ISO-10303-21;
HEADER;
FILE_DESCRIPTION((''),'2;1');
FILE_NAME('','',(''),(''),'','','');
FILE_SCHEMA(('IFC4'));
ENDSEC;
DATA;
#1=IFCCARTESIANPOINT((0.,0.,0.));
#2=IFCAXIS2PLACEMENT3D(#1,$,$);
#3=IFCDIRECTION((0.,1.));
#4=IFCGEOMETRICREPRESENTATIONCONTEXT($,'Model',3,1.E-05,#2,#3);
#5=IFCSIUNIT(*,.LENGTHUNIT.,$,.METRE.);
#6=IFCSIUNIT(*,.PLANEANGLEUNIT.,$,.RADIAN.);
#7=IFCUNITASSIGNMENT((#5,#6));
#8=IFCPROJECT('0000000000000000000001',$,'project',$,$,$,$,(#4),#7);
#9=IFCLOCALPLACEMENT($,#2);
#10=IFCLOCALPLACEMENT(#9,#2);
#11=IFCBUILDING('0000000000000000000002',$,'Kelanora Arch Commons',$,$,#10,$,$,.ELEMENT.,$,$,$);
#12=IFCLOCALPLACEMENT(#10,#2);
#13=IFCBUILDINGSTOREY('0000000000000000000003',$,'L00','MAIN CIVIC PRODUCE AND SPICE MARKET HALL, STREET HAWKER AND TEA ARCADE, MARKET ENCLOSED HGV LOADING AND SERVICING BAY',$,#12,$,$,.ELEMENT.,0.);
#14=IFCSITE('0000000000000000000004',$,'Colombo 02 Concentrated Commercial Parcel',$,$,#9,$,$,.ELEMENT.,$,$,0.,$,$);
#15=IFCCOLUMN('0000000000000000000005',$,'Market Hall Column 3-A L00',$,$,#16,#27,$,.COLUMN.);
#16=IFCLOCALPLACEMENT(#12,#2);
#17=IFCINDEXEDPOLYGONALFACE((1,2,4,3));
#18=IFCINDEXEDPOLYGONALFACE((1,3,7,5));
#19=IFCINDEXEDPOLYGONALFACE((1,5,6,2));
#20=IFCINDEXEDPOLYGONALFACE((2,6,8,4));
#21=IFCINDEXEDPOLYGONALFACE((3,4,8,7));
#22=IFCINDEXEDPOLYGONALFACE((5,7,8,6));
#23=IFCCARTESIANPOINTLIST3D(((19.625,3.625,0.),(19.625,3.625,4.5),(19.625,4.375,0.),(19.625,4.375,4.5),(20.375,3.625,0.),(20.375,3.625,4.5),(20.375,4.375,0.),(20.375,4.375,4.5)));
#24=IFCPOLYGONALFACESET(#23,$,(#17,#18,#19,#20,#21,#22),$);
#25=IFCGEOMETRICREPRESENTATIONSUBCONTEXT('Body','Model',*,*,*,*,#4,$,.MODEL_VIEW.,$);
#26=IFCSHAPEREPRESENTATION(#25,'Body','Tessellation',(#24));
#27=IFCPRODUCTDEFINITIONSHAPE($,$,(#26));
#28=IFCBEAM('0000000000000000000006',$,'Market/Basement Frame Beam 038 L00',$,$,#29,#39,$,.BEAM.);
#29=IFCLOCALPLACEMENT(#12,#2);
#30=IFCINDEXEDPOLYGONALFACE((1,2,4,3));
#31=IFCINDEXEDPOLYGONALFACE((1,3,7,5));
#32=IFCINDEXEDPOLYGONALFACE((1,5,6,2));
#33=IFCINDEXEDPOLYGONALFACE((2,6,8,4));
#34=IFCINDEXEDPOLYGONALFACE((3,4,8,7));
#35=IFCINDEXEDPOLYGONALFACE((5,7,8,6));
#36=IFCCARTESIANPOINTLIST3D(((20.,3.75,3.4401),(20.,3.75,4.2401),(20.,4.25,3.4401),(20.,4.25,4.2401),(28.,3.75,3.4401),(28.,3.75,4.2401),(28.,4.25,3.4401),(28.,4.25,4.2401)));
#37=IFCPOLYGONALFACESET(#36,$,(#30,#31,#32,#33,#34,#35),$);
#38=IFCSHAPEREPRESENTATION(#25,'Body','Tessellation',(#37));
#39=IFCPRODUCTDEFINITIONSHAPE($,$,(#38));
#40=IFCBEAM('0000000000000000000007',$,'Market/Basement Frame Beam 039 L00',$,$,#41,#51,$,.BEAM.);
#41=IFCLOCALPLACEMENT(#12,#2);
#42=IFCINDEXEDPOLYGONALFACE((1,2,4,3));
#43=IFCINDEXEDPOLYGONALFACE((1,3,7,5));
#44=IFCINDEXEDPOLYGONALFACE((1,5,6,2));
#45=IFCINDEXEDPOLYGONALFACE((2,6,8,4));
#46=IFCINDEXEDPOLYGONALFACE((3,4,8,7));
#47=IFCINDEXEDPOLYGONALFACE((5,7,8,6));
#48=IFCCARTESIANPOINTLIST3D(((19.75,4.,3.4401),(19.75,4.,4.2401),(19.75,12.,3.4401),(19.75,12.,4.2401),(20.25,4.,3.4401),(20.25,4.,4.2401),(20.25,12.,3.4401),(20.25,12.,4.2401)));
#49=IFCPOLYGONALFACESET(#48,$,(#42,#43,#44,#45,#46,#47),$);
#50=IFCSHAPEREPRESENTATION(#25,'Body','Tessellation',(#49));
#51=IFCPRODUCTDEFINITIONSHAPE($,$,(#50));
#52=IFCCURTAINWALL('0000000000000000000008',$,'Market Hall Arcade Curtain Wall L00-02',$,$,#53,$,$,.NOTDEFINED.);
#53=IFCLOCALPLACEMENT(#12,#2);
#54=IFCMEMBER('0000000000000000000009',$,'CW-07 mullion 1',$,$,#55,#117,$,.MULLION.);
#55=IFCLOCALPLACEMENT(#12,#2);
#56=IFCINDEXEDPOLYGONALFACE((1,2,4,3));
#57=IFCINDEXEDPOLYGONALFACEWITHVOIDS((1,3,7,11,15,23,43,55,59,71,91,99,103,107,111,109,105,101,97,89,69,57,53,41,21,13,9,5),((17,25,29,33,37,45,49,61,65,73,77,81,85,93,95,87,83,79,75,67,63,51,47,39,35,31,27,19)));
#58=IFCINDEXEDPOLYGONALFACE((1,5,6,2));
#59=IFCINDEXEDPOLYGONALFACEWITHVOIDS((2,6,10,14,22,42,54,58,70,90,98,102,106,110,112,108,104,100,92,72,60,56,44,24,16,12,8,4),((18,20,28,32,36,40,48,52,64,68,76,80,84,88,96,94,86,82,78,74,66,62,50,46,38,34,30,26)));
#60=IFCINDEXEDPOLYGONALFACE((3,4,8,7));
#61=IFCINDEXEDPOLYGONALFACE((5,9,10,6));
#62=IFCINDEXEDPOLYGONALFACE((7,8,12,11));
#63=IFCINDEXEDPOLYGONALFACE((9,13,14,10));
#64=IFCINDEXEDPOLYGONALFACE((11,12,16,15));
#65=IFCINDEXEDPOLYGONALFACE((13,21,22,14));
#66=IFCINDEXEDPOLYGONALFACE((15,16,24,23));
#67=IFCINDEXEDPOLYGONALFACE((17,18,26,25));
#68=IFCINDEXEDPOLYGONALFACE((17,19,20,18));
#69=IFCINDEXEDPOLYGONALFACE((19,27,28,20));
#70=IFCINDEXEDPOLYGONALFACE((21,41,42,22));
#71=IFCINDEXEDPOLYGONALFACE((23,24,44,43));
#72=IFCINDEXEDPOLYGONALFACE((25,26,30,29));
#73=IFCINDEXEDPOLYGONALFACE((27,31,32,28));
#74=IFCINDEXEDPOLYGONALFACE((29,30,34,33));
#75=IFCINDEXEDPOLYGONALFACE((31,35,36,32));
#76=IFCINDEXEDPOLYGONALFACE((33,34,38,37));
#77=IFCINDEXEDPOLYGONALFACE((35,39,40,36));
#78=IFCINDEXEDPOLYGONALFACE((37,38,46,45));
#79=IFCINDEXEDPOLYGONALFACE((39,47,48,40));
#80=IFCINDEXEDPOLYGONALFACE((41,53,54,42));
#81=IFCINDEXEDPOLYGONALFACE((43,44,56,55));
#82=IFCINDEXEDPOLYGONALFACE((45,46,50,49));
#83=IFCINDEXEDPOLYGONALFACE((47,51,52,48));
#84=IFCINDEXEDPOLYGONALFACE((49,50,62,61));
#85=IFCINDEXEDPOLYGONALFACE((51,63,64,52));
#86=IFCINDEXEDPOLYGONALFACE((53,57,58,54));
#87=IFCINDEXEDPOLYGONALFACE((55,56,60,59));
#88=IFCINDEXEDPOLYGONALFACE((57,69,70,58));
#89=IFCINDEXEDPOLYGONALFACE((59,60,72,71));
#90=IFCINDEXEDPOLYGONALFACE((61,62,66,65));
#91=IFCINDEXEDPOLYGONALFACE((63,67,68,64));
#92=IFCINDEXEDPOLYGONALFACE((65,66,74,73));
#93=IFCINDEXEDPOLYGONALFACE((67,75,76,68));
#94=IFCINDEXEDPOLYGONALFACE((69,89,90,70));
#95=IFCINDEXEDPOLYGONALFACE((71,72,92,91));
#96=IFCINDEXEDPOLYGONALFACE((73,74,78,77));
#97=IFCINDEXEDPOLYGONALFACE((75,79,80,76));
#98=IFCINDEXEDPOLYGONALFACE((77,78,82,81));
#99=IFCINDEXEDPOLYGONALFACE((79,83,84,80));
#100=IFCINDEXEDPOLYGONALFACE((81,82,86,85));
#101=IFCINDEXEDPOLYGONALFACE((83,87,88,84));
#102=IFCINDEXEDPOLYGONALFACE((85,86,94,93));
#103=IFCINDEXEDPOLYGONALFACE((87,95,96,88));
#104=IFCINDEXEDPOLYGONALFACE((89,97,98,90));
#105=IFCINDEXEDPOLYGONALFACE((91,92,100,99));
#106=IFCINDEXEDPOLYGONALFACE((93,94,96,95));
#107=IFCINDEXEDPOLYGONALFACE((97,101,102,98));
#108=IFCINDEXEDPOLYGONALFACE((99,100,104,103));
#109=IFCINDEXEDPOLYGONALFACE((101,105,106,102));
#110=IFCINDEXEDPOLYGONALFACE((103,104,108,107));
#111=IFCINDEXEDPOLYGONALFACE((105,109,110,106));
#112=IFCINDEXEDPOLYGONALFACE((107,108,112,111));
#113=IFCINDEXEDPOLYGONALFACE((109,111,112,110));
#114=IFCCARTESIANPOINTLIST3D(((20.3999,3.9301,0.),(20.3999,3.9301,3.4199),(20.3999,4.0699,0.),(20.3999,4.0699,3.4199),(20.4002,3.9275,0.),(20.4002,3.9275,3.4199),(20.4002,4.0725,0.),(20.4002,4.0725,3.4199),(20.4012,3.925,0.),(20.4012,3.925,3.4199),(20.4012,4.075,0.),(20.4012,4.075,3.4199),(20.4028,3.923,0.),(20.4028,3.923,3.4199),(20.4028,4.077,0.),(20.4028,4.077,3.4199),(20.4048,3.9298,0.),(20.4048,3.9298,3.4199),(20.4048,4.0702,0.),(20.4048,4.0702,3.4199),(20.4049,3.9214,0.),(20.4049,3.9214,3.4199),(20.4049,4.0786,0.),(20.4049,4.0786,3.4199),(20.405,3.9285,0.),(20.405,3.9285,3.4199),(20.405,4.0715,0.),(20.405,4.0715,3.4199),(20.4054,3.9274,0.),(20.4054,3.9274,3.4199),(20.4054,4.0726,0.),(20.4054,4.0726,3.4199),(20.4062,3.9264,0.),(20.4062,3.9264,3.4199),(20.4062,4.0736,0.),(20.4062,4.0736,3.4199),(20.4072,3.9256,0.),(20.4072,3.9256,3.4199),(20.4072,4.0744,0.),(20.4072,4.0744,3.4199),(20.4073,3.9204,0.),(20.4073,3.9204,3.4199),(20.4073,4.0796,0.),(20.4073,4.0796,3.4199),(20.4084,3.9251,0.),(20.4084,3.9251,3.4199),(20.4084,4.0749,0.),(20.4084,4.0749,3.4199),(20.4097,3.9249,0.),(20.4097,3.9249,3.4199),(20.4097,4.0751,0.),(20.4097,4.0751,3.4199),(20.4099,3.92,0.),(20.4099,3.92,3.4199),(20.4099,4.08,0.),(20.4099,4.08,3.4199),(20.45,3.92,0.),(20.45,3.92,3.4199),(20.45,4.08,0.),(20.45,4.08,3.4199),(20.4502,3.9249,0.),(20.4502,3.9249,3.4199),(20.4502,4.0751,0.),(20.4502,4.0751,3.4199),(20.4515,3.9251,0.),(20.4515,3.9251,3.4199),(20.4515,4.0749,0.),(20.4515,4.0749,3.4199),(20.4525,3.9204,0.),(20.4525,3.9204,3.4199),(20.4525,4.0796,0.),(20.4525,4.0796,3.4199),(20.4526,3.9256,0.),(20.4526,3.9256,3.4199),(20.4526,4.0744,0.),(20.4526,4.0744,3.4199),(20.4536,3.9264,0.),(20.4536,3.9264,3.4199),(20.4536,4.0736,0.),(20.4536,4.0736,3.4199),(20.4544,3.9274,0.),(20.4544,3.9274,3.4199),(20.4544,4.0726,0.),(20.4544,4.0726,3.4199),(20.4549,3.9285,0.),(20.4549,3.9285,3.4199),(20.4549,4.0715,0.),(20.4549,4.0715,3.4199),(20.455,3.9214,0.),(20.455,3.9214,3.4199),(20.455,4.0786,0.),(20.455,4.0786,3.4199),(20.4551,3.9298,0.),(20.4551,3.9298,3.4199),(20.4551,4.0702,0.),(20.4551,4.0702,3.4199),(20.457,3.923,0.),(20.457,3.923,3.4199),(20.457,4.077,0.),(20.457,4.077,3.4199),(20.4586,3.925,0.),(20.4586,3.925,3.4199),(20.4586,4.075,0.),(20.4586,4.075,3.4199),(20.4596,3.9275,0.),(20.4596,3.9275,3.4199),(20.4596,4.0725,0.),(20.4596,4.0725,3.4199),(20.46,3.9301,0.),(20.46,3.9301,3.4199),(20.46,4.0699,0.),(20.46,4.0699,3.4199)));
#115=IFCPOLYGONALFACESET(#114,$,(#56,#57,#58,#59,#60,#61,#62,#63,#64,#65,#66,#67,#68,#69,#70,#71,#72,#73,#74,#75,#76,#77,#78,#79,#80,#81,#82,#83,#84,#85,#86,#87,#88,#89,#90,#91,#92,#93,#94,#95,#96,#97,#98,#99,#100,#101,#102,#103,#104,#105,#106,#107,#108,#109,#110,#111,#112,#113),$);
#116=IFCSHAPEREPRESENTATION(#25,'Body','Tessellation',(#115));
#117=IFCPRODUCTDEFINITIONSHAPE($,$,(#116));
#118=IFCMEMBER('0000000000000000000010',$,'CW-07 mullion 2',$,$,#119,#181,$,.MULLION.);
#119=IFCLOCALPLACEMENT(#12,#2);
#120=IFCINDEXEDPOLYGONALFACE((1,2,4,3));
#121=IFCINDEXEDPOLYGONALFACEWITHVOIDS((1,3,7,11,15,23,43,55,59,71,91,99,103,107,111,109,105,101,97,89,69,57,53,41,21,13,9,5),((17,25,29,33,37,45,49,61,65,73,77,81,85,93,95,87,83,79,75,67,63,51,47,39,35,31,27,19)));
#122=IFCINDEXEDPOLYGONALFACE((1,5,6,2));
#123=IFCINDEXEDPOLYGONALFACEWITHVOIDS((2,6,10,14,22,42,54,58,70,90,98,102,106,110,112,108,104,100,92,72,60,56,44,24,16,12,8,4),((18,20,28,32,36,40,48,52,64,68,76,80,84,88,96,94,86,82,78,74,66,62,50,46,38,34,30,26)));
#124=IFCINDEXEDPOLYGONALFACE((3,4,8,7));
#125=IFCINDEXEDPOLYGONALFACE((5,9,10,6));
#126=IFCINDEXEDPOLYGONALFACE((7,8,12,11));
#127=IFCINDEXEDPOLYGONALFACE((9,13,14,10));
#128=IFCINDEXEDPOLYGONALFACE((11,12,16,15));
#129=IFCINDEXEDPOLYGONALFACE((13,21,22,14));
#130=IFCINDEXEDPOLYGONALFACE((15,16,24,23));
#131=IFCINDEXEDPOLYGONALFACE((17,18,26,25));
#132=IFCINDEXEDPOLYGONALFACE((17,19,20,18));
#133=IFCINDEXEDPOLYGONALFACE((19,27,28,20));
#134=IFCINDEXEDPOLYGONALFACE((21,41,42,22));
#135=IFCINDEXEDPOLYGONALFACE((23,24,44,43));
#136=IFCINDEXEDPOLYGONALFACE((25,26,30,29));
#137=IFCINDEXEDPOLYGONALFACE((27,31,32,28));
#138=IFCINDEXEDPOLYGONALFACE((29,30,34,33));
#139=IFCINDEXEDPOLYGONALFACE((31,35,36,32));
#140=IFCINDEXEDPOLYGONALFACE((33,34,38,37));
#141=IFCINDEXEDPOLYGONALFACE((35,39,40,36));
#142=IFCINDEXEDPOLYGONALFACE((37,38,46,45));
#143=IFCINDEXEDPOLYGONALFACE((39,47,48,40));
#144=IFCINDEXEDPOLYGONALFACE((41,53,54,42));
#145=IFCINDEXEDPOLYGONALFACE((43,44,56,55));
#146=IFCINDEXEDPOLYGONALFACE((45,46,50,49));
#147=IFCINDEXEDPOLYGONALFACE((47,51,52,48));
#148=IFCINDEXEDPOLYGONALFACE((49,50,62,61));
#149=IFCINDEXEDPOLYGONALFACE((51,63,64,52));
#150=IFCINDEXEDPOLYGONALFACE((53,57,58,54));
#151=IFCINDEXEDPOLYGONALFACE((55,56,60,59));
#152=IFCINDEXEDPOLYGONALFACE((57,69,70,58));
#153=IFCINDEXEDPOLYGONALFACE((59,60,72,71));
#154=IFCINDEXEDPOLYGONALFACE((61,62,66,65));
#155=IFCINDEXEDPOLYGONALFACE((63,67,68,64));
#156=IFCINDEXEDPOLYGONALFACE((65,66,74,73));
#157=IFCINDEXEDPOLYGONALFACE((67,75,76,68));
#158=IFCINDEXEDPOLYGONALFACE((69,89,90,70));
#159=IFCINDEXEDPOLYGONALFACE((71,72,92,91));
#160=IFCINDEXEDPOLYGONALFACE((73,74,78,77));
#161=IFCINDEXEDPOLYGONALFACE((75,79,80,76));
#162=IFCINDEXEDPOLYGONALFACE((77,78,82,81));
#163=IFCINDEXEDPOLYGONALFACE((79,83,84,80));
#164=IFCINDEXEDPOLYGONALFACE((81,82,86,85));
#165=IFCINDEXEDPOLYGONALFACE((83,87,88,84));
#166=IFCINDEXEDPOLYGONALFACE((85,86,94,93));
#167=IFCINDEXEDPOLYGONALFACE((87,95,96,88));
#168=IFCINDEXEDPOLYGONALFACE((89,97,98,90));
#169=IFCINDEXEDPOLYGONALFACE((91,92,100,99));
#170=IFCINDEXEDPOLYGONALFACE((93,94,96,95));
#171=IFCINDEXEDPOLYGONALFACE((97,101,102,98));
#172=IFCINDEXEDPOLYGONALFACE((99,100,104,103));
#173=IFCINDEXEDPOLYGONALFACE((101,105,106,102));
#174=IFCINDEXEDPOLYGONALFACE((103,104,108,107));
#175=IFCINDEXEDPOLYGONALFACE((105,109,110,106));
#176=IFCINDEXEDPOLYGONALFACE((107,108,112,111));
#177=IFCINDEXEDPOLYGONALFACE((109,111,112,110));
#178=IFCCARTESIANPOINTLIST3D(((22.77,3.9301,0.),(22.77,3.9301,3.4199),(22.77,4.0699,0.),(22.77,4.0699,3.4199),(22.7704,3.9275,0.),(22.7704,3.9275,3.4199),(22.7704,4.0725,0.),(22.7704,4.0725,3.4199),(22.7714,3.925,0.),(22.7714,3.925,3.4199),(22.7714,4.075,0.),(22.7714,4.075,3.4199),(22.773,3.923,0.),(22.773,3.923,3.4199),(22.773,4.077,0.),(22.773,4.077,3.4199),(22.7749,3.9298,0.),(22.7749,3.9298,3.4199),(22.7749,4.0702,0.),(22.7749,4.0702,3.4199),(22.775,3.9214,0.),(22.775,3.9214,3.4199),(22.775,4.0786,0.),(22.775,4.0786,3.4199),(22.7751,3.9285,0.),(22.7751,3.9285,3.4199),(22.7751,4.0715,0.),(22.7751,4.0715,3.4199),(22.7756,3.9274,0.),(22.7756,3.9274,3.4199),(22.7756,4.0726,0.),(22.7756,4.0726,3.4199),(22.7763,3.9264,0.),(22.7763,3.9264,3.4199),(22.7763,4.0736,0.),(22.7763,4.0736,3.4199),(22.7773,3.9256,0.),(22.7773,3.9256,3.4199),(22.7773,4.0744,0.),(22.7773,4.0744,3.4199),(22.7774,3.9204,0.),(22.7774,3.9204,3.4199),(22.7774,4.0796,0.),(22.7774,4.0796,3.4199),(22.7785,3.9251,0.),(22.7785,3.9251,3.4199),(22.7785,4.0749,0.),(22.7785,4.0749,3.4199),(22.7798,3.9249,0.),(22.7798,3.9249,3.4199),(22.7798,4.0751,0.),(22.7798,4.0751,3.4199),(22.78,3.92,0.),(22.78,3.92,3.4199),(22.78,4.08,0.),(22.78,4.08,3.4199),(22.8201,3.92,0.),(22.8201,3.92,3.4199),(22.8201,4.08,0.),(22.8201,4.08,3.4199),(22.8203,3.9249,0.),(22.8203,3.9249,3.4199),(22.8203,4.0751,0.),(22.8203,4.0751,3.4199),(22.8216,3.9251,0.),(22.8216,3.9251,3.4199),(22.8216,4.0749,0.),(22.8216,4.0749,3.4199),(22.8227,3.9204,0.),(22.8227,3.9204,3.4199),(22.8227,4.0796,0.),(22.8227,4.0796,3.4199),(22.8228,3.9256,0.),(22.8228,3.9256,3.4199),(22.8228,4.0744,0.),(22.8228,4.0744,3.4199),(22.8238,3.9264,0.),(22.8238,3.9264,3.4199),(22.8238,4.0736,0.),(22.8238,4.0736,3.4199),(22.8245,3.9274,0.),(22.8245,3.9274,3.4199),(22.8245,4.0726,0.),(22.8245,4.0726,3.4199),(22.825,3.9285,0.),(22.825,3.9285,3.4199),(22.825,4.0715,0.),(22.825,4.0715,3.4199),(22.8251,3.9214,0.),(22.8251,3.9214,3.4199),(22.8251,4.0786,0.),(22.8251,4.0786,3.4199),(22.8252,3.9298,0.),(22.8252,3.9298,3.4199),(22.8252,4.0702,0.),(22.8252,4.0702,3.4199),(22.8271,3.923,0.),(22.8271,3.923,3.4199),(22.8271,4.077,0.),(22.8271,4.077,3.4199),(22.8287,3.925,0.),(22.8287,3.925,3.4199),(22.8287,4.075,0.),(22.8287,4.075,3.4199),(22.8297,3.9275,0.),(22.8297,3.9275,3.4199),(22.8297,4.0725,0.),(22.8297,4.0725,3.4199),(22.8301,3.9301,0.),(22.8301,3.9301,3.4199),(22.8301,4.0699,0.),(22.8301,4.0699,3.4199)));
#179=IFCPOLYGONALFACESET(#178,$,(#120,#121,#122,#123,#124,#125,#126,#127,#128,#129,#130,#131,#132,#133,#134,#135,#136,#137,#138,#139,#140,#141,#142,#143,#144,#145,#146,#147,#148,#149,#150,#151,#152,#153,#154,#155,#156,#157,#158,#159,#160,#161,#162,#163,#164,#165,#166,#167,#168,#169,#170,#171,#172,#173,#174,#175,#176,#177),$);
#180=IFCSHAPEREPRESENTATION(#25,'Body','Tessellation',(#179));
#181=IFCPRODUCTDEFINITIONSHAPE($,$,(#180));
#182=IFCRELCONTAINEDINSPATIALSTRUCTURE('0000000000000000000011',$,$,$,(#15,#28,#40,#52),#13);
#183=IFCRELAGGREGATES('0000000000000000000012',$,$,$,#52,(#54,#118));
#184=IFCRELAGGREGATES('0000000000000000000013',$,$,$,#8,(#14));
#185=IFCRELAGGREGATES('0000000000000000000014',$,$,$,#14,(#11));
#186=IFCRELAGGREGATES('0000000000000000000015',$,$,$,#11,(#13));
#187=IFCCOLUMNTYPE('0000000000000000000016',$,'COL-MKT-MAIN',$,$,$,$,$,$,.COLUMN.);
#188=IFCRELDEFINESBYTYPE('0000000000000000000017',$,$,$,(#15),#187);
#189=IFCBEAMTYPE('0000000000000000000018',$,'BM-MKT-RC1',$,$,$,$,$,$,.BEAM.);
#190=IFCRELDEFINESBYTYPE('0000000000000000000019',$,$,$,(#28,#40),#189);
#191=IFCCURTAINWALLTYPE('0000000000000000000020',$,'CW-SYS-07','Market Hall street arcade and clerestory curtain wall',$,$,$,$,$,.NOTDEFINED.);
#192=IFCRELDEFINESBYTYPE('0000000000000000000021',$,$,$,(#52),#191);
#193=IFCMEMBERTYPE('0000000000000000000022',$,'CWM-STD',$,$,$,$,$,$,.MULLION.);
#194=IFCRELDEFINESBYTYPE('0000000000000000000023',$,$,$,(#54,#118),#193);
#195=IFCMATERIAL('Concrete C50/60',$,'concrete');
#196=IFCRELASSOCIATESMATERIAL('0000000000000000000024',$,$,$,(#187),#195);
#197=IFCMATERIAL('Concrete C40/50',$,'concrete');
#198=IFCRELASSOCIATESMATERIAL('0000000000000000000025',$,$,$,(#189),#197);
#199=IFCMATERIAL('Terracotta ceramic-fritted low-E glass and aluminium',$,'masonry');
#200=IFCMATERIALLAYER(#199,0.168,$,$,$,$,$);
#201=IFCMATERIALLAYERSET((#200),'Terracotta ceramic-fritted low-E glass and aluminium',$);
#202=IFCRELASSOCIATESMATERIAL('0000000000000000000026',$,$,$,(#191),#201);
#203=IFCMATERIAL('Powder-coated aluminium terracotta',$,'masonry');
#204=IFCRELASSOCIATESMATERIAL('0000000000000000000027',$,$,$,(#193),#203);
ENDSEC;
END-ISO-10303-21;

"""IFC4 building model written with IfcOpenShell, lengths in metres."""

from ifc_helpers import new_model, si_unit, direction, frame, origin, origin_2d, place, context, subcontext, project, spatial, rectangle, hollow_rectangle, extrude, material, layer, layer_set, material_profile, profile_set, type_object, element, aggregate, save


model = new_model("IFC4")

# Units and contexts
model_context = context("Model", 3, precision=1e-05, world=origin(), true_north=direction((0.0, 1.0)))
body_context = subcontext(model_context, "Body", "Model", "MODEL_VIEW")
ifc_project = project(units=[si_unit("LENGTHUNIT", "METRE"), si_unit("PLANEANGLEUNIT", "RADIAN")], contexts=[model_context])

# Site, building, storey
site_placement = place(None, origin())
site = spatial("IfcSite", under=ifc_project, at=site_placement, Name="Colombo 02 Concentrated Commercial Parcel", CompositionType="ELEMENT", RefElevation=0.0)
building_placement = place(site_placement, origin())
building = spatial("IfcBuilding", under=site, at=building_placement, Name="Kelanora Arch Commons", CompositionType="ELEMENT")
storey_placement = place(building_placement, origin())
storey = spatial("IfcBuildingStorey", under=building, at=storey_placement, Name="L00", Description="MAIN CIVIC PRODUCE AND SPICE MARKET HALL, STREET HAWKER AND TEA ARCADE, MARKET ENCLOSED HGV LOADING AND SERVICING BAY", CompositionType="ELEMENT", Elevation=0.0)

# Column
ifc_material_1 = material(Name="Concrete C50/60", Category="concrete")
ifc_material_profile_1 = material_profile(ifc_material_1, rectangle(XDim=0.75, YDim=0.75, at=origin_2d()), Name="RC750x750")
ifc_profile_set_1 = profile_set([ifc_material_profile_1], Name="Concrete C50/60")
column_type = type_object("IfcColumnType", Name="COL-MKT-MAIN", PredefinedType="COLUMN", material=ifc_profile_set_1)
column_placement = place(storey_placement, frame((20.0, 4.0, 0.0), z_axis=(0.0, 0.0, 1.0), x_axis=(1.0, 0.0, 0.0)))
element("IfcColumn", 1, at=column_placement, inside=storey, type_object=column_type, Name="Market Hall Column 3-A L00", PredefinedType="COLUMN", context=body_context, shape_type="SweptSolid", body=[
    extrude(rectangle(XDim=0.75, YDim=0.75, at=origin_2d()), origin(), (0.0, 0.0, 1.0), 4.5),
])

# Beams
ifc_material_2 = material(Name="Concrete C40/50", Category="concrete")
ifc_material_profile_2 = material_profile(ifc_material_2, rectangle(XDim=0.5, YDim=0.8, at=origin_2d()), Name="RCB500x800")
ifc_profile_set_2 = profile_set([ifc_material_profile_2], Name="Concrete C40/50")
beam_type = type_object("IfcBeamType", Name="BM-MKT-RC1", PredefinedType="BEAM", material=ifc_profile_set_2)
for number, where, z_axis, x_axis, name in (
    (2, (20.0, 4.0, 3.8401), (1.0, 0.0, 0.0), (0.0, 1.0, 0.0), "Market/Basement Frame Beam 038 L00"),
    (3, (20.0, 4.0, 3.8401), (0.0, 1.0, 0.0), (-1.0, 0.0, 0.0), "Market/Basement Frame Beam 039 L00"),
):
    element("IfcBeam", number, at=place(storey_placement, frame(where, z_axis=z_axis, x_axis=x_axis)), inside=storey, type_object=beam_type, Name=name, PredefinedType="BEAM", context=body_context, shape_type="SweptSolid", body=[
        extrude(rectangle(XDim=0.5, YDim=0.8, at=origin_2d()), origin(), (0.0, 0.0, 1.0), 8.0),
    ])

# Curtain wall, members
ifc_material_3 = material(Name="Terracotta ceramic-fritted low-E glass and aluminium", Category="masonry")
ifc_layer_1 = layer(ifc_material_3, 0.168)
ifc_layer_set_1 = layer_set([ifc_layer_1], Name="Terracotta ceramic-fritted low-E glass and aluminium")
curtain_wall_type = type_object("IfcCurtainWallType", Name="CW-SYS-07", Description="Market Hall street arcade and clerestory curtain wall", PredefinedType="NOTDEFINED", material=ifc_layer_set_1)
curtain_wall_placement = place(storey_placement, origin())
curtain_wall = element("IfcCurtainWall", 4, at=curtain_wall_placement, inside=storey, type_object=curtain_wall_type, Name="Market Hall Arcade Curtain Wall L00-02", PredefinedType="NOTDEFINED")
ifc_material_4 = material(Name="Powder-coated aluminium terracotta", Category="masonry")
ifc_material_profile_3 = material_profile(ifc_material_4, hollow_rectangle(XDim=0.1599, YDim=0.0601, WallThickness=0.0049, InnerFilletRadius=0.0049, OuterFilletRadius=0.01, at=origin_2d()), Name="CWM160x60")
ifc_profile_set_3 = profile_set([ifc_material_profile_3], Name="Powder-coated aluminium terracotta")
member_type_1 = type_object("IfcMemberType", Name="CWM-STD", PredefinedType="MULLION", material=ifc_profile_set_3)
member_1_placement = place(storey_placement, frame((20.4299, 4.0, 0.0), z_axis=(0.0, 0.0, 1.0), x_axis=(0.0, 1.0, 0.0)))
member_1 = element("IfcMember", 5, at=member_1_placement, type_object=member_type_1, Name="CW-07 mullion 1", PredefinedType="MULLION", context=body_context, shape_type="SweptSolid", body=[
    extrude(hollow_rectangle(XDim=0.1599, YDim=0.0601, WallThickness=0.0049, InnerFilletRadius=0.0049, OuterFilletRadius=0.01, at=origin_2d()), origin(), (0.0, 0.0, 1.0), 3.4199),
])
member_2_placement = place(storey_placement, frame((22.8, 4.0, 0.0), z_axis=(0.0, 0.0, 1.0), x_axis=(0.0, 1.0, 0.0)))
member_2 = element("IfcMember", 6, at=member_2_placement, type_object=member_type_1, Name="CW-07 mullion 2", PredefinedType="MULLION", context=body_context, shape_type="SweptSolid", body=[
    extrude(hollow_rectangle(XDim=0.1599, YDim=0.0601, WallThickness=0.0049, InnerFilletRadius=0.0049, OuterFilletRadius=0.01, at=origin_2d()), origin(), (0.0, 0.0, 1.0), 3.4199),
])
aggregate(curtain_wall, [member_1, member_2])

save(model, "model.ifc")
